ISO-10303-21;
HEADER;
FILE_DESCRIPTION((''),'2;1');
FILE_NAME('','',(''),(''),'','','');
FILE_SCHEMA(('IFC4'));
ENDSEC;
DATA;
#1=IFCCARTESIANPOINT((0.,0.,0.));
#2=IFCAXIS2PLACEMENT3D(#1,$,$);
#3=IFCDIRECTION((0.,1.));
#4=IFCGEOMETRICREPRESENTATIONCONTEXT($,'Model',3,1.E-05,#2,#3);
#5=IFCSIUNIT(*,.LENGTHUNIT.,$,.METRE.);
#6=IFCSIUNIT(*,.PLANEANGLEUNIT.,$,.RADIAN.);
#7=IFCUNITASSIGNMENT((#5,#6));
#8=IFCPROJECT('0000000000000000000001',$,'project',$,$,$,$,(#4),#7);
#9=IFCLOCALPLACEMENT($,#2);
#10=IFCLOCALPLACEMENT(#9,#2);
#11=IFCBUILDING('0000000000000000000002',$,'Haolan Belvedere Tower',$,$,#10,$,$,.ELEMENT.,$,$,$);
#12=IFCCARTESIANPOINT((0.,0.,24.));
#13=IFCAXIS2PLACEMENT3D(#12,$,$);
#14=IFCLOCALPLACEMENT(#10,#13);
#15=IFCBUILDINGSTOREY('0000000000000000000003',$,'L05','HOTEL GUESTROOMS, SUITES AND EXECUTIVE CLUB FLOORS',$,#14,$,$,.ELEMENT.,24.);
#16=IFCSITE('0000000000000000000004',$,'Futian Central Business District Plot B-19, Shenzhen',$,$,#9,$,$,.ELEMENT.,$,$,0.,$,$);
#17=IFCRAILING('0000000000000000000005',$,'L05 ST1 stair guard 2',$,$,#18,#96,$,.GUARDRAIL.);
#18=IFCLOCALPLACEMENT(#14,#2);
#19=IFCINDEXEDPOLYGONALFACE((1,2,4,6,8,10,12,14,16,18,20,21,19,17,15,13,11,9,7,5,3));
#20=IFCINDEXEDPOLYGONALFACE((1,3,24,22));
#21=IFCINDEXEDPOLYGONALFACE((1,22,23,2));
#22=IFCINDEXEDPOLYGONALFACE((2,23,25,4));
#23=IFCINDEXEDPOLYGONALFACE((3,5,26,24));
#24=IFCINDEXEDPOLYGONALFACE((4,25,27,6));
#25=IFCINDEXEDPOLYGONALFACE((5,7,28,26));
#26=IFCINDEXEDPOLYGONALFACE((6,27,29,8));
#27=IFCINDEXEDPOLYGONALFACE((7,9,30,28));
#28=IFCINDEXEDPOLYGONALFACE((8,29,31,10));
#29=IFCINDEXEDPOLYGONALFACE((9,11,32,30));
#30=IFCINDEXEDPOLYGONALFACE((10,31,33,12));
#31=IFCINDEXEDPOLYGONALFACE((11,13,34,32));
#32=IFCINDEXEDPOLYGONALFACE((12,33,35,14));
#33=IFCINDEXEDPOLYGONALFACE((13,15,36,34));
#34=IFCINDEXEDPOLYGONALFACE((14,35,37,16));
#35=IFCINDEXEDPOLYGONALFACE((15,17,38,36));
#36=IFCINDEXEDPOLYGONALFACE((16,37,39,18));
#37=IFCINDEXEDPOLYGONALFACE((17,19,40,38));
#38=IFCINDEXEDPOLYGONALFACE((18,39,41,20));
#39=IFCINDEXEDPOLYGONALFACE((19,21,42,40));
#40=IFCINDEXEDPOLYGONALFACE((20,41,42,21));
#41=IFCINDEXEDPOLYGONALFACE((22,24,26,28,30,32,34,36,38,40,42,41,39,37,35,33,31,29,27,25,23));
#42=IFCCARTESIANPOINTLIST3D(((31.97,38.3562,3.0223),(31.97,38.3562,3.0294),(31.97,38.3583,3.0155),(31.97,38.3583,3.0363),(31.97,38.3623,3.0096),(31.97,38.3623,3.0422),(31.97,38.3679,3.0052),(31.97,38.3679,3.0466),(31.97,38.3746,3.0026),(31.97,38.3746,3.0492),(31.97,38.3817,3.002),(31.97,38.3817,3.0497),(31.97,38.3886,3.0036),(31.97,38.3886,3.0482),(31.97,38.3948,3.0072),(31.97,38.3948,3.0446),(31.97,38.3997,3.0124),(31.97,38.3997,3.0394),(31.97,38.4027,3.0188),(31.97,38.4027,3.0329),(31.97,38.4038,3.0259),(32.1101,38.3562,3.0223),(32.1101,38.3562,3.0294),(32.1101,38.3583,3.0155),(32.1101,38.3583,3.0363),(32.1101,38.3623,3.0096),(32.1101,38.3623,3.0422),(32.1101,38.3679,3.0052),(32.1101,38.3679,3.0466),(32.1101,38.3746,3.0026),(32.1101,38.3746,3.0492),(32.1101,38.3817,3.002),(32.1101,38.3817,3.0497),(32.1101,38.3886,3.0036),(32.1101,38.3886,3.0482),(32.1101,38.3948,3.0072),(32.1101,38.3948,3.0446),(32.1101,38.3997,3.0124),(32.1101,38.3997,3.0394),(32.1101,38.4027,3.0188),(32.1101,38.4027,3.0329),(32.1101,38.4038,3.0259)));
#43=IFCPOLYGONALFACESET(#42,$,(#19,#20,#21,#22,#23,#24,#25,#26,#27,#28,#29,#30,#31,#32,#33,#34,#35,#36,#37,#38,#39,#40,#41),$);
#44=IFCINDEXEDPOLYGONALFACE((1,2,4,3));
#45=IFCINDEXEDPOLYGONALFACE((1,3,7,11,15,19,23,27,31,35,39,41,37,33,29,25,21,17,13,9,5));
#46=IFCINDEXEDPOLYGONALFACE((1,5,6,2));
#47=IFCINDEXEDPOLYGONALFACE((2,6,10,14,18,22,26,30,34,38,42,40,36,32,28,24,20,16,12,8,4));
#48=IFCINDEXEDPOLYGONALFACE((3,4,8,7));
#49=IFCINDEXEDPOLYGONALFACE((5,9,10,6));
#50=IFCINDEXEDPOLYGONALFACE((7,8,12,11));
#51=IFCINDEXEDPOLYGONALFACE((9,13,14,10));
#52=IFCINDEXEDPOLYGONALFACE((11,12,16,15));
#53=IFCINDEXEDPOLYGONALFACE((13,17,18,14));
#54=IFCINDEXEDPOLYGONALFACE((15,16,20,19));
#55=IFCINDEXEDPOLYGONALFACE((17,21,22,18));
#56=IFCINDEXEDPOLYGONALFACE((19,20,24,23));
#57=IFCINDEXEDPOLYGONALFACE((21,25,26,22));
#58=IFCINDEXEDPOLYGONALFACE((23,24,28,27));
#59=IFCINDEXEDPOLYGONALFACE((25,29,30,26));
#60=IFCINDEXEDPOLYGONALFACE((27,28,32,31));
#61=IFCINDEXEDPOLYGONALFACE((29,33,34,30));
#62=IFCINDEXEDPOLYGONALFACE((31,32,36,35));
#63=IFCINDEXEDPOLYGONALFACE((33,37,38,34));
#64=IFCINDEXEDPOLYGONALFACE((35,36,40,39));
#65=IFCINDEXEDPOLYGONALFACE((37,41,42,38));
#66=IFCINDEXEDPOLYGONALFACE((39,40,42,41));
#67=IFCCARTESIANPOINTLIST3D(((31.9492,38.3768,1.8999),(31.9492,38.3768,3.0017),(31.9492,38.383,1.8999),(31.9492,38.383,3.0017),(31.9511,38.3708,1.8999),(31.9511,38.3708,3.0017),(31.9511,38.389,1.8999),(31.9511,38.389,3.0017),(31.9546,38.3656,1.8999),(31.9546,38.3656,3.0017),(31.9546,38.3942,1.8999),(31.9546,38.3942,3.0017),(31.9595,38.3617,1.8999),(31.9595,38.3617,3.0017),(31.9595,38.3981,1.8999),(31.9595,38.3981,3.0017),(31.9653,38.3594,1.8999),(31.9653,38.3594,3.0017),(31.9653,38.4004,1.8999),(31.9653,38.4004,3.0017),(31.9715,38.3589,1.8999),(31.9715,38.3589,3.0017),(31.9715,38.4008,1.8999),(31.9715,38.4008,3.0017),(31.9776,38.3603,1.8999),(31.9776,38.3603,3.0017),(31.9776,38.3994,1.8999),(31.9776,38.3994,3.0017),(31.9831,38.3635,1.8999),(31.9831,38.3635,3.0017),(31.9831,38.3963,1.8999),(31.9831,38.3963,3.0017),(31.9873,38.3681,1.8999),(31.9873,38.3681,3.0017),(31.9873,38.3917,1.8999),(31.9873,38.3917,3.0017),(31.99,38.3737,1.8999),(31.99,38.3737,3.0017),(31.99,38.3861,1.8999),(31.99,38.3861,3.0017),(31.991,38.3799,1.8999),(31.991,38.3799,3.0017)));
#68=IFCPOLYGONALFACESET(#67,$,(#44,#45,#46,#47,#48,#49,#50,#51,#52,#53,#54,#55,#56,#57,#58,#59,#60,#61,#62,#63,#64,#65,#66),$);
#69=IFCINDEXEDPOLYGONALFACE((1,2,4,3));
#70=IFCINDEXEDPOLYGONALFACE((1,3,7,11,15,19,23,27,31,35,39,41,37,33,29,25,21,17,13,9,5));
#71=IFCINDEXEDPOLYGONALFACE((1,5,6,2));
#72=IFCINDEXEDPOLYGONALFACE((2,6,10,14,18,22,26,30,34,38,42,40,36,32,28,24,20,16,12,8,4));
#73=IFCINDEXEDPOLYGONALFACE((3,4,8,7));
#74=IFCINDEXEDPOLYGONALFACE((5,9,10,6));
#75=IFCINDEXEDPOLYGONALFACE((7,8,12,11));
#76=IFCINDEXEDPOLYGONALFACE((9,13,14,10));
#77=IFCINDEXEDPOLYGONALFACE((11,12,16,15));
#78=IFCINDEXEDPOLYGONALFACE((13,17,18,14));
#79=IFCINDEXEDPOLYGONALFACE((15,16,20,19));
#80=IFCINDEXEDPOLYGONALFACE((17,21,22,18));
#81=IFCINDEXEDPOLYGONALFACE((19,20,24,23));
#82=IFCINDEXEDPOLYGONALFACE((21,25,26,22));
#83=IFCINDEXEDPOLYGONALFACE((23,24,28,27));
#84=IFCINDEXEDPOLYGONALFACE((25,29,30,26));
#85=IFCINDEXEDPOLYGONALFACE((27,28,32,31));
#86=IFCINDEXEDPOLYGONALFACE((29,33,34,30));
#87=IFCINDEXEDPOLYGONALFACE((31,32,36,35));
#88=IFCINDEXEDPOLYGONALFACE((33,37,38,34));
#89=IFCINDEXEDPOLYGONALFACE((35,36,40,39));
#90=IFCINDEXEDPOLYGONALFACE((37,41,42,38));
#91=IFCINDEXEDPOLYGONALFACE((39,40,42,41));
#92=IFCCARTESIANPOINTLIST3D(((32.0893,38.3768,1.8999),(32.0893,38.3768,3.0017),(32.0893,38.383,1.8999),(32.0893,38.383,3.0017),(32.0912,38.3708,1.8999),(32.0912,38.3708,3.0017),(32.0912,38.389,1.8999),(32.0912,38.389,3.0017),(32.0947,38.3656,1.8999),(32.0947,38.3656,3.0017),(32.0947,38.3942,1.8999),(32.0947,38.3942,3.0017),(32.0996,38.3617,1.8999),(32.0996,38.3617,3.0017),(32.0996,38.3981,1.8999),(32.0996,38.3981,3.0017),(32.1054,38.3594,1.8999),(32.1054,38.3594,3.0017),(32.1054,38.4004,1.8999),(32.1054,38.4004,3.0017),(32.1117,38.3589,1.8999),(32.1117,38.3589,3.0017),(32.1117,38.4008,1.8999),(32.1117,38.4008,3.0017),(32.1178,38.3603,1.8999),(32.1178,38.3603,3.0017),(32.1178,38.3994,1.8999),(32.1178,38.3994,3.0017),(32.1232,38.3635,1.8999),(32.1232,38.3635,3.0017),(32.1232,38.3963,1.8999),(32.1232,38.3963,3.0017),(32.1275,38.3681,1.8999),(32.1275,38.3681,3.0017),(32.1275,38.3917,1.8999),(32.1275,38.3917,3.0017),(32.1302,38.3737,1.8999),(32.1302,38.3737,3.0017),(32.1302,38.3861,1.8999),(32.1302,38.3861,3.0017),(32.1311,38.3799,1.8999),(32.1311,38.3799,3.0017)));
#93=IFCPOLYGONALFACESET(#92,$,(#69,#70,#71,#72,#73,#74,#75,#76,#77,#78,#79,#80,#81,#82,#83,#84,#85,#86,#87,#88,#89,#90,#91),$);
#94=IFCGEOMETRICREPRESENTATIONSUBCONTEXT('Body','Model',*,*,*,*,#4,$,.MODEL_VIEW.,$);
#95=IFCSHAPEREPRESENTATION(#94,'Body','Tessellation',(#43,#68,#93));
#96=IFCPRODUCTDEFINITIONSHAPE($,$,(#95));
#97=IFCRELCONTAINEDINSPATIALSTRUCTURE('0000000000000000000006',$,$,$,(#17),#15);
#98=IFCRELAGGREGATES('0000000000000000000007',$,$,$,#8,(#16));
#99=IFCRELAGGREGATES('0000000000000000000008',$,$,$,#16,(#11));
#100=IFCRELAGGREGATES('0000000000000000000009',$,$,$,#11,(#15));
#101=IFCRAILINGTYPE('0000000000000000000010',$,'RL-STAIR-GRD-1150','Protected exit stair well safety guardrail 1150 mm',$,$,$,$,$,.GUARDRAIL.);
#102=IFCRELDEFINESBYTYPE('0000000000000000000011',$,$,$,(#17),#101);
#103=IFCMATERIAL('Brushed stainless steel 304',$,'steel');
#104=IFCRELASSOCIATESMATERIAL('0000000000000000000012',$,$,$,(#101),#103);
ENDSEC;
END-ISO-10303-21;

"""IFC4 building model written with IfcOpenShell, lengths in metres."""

from ifc_helpers import new_model, si_unit, direction, frame, origin, origin_2d, place, context, subcontext, project, spatial, circle, extrude, material, type_object, element, save


model = new_model("IFC4")

# Units and contexts
model_context = context("Model", 3, precision=1e-05, world=origin(), true_north=direction((0.0, 1.0)))
body_context = subcontext(model_context, "Body", "Model", "MODEL_VIEW")
ifc_project = project(units=[si_unit("LENGTHUNIT", "METRE"), si_unit("PLANEANGLEUNIT", "RADIAN")], contexts=[model_context])

# Site, building, storey
site_placement = place(None, origin())
site = spatial("IfcSite", under=ifc_project, at=site_placement, Name="Futian Central Business District Plot B-19, Shenzhen", CompositionType="ELEMENT", RefElevation=0.0)
building_placement = place(site_placement, origin())
building = spatial("IfcBuilding", under=site, at=building_placement, Name="Haolan Belvedere Tower", CompositionType="ELEMENT")
storey_placement = place(building_placement, frame((0.0, 0.0, 24.0)))
storey = spatial("IfcBuildingStorey", under=building, at=storey_placement, Name="L05", Description="HOTEL GUESTROOMS, SUITES AND EXECUTIVE CLUB FLOORS", CompositionType="ELEMENT", Elevation=24.0)

# Railing
ifc_material_1 = material(Name="Brushed stainless steel 304", Category="steel")
railing_type_1 = type_object("IfcRailingType", Name="RL-STAIR-GRD-1150", Description="Protected exit stair well safety guardrail 1150 mm", PredefinedType="GUARDRAIL", material=ifc_material_1)
railing_1_placement = place(storey_placement, frame((31.97, 38.3799, 1.8999)))
element("IfcRailing", 1, at=railing_1_placement, inside=storey, type_object=railing_type_1, Name="L05 ST1 stair guard 2", PredefinedType="GUARDRAIL", context=body_context, shape_type="SweptSolid", body=[
    extrude(circle(Radius=0.0239, at=origin_2d()), frame((0.0, 0.0, 1.126), z_axis=(1.0, 0.0, 0.0), x_axis=(0.0, 1.0, 0.0)), (0.0, 0.0, 1.0), 0.1401),
    extrude(circle(Radius=0.021, at=origin_2d()), origin(), (0.0, 0.0, 1.0), 1.1018),
    extrude(circle(Radius=0.021, at=origin_2d()), frame((0.1401, 0.0, 0.0)), (0.0, 0.0, 1.0), 1.1018),
])

save(model, "model.ifc")
